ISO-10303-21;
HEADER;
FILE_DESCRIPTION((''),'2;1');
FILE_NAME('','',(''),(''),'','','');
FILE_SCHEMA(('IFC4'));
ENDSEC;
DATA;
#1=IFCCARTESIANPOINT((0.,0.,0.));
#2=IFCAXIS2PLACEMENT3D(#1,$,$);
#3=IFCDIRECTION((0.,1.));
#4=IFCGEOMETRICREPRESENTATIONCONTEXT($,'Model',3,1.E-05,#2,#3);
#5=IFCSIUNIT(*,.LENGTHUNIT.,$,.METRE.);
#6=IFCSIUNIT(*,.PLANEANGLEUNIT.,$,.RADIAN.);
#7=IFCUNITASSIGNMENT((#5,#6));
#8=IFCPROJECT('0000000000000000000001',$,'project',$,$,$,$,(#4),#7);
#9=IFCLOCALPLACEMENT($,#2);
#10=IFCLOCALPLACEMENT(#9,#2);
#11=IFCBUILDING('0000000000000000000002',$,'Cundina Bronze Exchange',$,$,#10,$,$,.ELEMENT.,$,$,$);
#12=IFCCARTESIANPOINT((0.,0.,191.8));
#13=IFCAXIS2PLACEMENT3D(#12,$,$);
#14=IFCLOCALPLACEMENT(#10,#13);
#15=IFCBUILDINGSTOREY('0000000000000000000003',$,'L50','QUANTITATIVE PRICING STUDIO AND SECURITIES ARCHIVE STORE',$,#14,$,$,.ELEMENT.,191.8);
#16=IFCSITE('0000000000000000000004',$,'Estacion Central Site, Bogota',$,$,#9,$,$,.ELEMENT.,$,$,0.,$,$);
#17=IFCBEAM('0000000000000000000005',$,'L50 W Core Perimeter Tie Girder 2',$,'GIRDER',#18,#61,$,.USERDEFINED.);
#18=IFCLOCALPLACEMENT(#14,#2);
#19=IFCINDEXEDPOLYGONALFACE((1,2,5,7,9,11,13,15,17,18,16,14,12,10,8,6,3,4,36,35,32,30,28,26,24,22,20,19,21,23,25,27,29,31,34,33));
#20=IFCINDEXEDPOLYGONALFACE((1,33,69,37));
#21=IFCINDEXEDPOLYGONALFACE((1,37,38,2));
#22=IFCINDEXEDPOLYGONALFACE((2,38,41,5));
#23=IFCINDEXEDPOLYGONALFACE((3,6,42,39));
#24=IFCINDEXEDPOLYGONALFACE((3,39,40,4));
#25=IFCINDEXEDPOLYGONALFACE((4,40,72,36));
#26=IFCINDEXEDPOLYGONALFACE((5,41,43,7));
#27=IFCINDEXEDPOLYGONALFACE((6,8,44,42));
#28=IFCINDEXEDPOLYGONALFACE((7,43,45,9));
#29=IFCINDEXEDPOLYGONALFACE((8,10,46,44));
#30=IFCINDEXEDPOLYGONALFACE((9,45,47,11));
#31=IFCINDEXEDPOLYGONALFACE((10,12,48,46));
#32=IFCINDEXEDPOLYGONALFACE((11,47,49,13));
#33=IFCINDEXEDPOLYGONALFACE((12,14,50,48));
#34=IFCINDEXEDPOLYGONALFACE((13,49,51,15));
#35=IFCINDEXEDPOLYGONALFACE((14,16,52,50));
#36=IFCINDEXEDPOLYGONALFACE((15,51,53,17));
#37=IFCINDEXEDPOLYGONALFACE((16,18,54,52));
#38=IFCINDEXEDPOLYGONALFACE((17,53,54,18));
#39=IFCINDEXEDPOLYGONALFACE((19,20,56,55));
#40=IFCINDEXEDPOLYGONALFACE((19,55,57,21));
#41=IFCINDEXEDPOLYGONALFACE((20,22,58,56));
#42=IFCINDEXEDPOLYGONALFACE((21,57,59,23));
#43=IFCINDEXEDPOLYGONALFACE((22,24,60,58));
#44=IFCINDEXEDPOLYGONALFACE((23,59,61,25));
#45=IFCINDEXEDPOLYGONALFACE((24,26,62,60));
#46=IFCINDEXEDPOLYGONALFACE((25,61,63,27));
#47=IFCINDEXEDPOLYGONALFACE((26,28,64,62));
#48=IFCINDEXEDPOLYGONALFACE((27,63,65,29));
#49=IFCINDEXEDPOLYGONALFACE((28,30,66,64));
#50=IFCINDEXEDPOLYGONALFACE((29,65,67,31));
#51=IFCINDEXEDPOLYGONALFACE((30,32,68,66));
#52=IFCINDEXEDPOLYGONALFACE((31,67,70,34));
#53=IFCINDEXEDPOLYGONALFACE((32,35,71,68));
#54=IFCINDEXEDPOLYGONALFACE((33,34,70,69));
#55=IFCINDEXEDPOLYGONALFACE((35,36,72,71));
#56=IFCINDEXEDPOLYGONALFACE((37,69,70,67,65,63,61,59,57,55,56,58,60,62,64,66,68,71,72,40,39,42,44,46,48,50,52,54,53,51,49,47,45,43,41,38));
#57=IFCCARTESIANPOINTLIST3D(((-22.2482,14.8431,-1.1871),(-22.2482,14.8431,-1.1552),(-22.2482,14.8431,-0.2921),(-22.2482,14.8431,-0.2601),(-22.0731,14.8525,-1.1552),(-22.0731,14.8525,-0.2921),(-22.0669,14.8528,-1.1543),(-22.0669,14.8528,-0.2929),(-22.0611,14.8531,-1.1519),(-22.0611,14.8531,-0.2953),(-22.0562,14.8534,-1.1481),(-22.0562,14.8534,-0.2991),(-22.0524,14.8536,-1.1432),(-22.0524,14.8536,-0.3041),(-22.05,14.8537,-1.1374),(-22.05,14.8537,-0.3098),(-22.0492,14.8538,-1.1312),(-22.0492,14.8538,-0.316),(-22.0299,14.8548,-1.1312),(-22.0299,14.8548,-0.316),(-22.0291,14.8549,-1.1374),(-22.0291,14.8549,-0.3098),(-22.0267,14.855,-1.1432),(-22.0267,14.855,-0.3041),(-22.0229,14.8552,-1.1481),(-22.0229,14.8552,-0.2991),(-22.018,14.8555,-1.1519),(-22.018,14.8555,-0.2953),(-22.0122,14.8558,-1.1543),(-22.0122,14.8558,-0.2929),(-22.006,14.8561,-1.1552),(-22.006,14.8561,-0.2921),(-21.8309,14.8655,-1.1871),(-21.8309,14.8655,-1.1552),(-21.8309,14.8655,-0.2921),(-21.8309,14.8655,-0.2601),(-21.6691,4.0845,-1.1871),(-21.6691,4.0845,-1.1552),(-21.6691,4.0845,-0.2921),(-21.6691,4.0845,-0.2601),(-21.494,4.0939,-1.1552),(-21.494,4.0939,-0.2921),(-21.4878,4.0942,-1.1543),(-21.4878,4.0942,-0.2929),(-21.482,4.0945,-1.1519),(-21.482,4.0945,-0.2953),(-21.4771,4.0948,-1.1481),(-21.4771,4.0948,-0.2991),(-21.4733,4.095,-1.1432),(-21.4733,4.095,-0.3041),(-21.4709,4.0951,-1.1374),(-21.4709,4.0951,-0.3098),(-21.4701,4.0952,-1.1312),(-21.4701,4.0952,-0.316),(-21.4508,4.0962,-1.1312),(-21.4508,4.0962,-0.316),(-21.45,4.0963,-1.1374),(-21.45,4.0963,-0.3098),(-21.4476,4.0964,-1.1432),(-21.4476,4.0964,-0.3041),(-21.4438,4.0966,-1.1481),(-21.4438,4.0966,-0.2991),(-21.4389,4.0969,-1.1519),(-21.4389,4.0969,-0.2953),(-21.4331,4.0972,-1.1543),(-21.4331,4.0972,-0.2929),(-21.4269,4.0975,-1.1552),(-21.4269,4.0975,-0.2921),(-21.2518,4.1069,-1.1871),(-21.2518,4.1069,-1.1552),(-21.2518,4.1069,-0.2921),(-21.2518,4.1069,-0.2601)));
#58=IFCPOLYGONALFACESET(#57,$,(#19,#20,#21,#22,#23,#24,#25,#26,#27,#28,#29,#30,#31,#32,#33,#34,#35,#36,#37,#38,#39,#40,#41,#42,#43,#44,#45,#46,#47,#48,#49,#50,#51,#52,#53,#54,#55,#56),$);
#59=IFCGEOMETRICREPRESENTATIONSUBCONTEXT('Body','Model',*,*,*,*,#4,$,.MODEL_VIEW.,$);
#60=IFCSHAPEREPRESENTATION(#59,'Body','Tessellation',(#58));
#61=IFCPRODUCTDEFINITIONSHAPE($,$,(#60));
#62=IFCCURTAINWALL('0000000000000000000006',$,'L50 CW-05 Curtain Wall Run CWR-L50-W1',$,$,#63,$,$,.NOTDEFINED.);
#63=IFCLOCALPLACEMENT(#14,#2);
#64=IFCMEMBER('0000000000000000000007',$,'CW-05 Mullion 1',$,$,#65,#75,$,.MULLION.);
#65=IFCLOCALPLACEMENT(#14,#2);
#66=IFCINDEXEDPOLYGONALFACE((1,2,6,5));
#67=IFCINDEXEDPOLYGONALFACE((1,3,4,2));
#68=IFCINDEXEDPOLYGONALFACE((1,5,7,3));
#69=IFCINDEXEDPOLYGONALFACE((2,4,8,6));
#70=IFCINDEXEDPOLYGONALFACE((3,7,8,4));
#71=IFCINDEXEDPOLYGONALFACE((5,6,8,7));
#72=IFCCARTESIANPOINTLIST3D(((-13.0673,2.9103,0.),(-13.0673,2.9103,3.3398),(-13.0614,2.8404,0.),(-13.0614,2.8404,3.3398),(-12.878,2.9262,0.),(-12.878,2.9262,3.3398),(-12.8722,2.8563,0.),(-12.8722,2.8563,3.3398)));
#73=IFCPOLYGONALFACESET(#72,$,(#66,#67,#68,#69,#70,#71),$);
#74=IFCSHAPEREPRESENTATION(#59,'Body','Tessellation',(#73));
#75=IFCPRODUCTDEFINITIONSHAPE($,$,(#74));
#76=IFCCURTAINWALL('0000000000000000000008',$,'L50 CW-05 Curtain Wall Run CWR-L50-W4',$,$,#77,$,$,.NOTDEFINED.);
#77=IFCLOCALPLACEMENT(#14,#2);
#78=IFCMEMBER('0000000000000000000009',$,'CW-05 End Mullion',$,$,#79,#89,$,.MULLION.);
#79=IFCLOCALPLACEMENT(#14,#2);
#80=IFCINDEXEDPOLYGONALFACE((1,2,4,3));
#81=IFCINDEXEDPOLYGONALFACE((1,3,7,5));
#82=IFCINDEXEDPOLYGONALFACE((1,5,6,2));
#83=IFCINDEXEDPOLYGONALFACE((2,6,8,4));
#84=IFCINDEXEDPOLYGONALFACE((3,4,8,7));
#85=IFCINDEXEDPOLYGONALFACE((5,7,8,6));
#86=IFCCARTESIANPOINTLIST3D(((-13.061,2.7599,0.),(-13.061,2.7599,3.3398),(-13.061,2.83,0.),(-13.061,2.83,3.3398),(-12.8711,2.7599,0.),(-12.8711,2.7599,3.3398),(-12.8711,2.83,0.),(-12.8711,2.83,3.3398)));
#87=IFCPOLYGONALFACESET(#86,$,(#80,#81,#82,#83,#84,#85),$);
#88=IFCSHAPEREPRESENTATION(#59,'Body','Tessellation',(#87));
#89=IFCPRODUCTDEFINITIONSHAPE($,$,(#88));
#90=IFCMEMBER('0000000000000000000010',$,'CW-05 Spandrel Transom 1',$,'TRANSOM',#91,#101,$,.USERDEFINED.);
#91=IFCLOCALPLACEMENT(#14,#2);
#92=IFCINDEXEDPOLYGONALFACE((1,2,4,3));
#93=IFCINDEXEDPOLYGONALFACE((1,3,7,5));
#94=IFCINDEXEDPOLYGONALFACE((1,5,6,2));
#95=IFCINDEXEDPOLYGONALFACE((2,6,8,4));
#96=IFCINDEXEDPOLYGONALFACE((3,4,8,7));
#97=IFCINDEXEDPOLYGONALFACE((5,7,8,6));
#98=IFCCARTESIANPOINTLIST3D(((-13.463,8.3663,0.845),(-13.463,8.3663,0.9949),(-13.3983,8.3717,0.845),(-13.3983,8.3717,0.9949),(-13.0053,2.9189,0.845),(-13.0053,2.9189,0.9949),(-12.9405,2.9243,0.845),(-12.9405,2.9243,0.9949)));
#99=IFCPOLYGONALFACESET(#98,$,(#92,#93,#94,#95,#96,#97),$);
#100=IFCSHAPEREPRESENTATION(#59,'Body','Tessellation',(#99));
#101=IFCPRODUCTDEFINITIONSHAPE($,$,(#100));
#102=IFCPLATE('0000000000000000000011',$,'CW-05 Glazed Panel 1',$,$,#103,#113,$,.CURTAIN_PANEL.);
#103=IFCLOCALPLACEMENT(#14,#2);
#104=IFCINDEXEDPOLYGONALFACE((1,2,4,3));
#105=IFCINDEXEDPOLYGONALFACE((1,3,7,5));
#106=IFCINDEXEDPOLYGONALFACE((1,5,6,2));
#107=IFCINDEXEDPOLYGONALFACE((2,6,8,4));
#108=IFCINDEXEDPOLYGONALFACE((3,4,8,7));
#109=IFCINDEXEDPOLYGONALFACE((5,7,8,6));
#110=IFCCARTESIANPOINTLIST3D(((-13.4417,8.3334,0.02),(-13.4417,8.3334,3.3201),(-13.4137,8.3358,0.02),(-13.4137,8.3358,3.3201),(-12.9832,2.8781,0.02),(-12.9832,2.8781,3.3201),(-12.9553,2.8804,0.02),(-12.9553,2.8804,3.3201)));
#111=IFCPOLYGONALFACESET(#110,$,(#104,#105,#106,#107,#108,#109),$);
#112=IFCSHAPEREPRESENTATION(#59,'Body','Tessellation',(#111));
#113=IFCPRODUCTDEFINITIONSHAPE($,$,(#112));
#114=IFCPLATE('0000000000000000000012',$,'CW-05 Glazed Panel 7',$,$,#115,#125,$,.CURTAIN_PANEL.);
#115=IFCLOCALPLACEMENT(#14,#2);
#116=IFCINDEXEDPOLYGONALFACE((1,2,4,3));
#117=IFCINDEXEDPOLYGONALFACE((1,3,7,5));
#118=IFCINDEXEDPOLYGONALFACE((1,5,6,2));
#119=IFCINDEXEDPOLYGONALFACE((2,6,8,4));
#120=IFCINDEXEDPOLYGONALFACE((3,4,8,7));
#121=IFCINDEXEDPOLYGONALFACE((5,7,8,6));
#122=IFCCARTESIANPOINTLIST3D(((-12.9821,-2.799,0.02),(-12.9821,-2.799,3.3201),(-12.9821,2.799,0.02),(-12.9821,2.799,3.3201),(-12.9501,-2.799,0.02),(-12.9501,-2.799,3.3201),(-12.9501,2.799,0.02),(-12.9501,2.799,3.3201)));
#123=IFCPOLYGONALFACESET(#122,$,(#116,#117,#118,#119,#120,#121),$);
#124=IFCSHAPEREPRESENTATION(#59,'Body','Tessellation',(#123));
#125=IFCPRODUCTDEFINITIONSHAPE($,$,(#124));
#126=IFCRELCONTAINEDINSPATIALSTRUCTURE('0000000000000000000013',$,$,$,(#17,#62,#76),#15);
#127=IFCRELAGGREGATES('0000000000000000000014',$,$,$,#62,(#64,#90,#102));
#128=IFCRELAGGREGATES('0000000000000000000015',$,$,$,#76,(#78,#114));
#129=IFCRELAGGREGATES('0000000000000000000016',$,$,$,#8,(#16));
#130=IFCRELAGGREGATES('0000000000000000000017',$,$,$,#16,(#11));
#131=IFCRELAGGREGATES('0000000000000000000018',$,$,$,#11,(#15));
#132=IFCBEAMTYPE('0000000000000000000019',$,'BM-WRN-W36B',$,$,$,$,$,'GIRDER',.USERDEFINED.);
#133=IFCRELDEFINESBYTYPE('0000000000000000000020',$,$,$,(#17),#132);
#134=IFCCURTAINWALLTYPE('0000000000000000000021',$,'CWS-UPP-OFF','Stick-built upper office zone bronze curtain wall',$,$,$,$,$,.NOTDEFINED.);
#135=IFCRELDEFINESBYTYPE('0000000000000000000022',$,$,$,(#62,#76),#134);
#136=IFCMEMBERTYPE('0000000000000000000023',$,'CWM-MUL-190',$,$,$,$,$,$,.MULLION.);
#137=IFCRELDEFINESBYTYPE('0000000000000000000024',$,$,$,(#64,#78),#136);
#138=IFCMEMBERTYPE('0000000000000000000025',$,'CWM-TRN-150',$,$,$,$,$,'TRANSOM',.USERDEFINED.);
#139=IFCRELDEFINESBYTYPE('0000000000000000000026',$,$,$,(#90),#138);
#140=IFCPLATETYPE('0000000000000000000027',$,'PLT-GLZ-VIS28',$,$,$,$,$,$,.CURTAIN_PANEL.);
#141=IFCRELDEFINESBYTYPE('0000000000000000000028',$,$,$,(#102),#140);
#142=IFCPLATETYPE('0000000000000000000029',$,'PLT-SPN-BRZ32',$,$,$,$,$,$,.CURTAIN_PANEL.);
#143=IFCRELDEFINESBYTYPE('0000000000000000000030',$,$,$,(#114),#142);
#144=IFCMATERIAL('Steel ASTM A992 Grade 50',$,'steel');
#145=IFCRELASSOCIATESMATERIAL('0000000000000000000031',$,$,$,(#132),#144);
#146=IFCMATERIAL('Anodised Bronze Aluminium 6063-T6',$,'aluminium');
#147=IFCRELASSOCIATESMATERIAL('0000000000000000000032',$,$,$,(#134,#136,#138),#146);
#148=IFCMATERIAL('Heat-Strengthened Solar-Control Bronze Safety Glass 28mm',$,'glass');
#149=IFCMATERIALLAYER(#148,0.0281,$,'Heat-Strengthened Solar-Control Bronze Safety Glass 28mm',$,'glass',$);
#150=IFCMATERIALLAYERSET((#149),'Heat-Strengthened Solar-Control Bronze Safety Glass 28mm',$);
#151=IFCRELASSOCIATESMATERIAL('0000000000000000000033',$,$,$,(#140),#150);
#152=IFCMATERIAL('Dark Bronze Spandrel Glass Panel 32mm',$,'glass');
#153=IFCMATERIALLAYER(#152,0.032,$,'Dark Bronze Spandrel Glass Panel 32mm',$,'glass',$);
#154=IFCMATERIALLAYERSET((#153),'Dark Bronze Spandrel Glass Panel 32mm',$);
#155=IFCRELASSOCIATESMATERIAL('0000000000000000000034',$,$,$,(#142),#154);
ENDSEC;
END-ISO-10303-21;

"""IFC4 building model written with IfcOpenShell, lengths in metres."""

from ifc_helpers import new_model, si_unit, direction, frame, origin, origin_2d, place, context, subcontext, project, spatial, rectangle, i_section, extrude, material, layer, layer_set, material_profile, profile_set, type_object, element, aggregate, save


model = new_model("IFC4")

# Units and contexts
model_context = context("Model", 3, precision=1e-05, world=origin(), true_north=direction((0.0, 1.0)))
body_context = subcontext(model_context, "Body", "Model", "MODEL_VIEW")
ifc_project = project(units=[si_unit("LENGTHUNIT", "METRE"), si_unit("PLANEANGLEUNIT", "RADIAN")], contexts=[model_context])

# Site, building, storey
site_placement = place(None, origin())
site = spatial("IfcSite", under=ifc_project, at=site_placement, Name="Estacion Central Site, Bogota", CompositionType="ELEMENT", RefElevation=0.0)
building_placement = place(site_placement, origin())
building = spatial("IfcBuilding", under=site, at=building_placement, Name="Cundina Bronze Exchange", CompositionType="ELEMENT")
storey_placement = place(building_placement, frame((0.0, 0.0, 191.8)))
storey = spatial("IfcBuildingStorey", under=building, at=storey_placement, Name="L50", Description="QUANTITATIVE PRICING STUDIO AND SECURITIES ARCHIVE STORE", CompositionType="ELEMENT", Elevation=191.8)

# Shared definitions
ifc_material_1 = material(Name="Steel ASTM A992 Grade 50", Category="steel")

# Beam
ifc_material_profile_1 = material_profile(ifc_material_1, i_section(OverallWidth=0.418, OverallDepth=0.927, WebThickness=0.0193, FlangeThickness=0.032, FilletRadius=0.0239, at=origin_2d()), Name="W36X231", Category="steel")
ifc_profile_set_1 = profile_set([ifc_material_profile_1], Name="Steel ASTM A992 Grade 50")
beam_type_1 = type_object("IfcBeamType", Name="BM-WRN-W36B", ElementType="GIRDER", PredefinedType="USERDEFINED", material=ifc_profile_set_1)
beam_1_placement = place(storey_placement, frame((-21.4604, 4.0957, -0.7236), z_axis=(-0.053749, 0.998554, 0.0), x_axis=(-0.998554, -0.053749, 0.0)))
element("IfcBeam", 1, at=beam_1_placement, inside=storey, type_object=beam_type_1, Name="L50 W Core Perimeter Tie Girder 2", ObjectType="GIRDER", PredefinedType="USERDEFINED", context=body_context, shape_type="SweptSolid", body=[
    extrude(i_section(OverallWidth=0.418, OverallDepth=0.927, WebThickness=0.0193, FlangeThickness=0.032, FilletRadius=0.0239, at=origin_2d()), origin(), (0.0, 0.0, 1.0), 10.7742),
])

# Curtain walls, members
ifc_material_2 = material(Name="Anodised Bronze Aluminium 6063-T6", Category="aluminium")
curtain_wall_type = type_object("IfcCurtainWallType", Name="CWS-UPP-OFF", Description="Stick-built upper office zone bronze curtain wall", PredefinedType="NOTDEFINED", material=ifc_material_2)
curtain_wall_1_placement = place(storey_placement, origin())
curtain_wall_1 = element("IfcCurtainWall", 2, at=curtain_wall_1_placement, inside=storey, type_object=curtain_wall_type, Name="L50 CW-05 Curtain Wall Run CWR-L50-W1", PredefinedType="NOTDEFINED")
ifc_material_profile_2 = material_profile(ifc_material_2, rectangle(XDim=0.0701, YDim=0.1899, at=origin_2d()), Name="AL70X190", Category="aluminium")
ifc_profile_set_2 = profile_set([ifc_material_profile_2], Name="Anodised Bronze Aluminium 6063-T6")
member_type_1 = type_object("IfcMemberType", Name="CWM-MUL-190", PredefinedType="MULLION", material=ifc_profile_set_2)
member_1_placement = place(storey_placement, frame((-12.9697, 2.8833, 0.0), z_axis=(0.0, 0.0, 1.0), x_axis=(-0.083678, 0.996493, 0.0)))
member_1 = element("IfcMember", 3, at=member_1_placement, type_object=member_type_1, Name="CW-05 Mullion 1", PredefinedType="MULLION", context=body_context, shape_type="SweptSolid", body=[
    extrude(rectangle(XDim=0.0701, YDim=0.1899, at=origin_2d()), origin(), (0.0, 0.0, 1.0), 3.3398),
])
curtain_wall_2_placement = place(storey_placement, origin())
curtain_wall_2 = element("IfcCurtainWall", 4, at=curtain_wall_2_placement, inside=storey, type_object=curtain_wall_type, Name="L50 CW-05 Curtain Wall Run CWR-L50-W4", PredefinedType="NOTDEFINED")
member_2_placement = place(storey_placement, frame((-12.9661, 2.7949, 0.0), z_axis=(0.0, 0.0, 1.0), x_axis=(0.0, 1.0, 0.0)))
member_2 = element("IfcMember", 5, at=member_2_placement, type_object=member_type_1, Name="CW-05 End Mullion", PredefinedType="MULLION", context=body_context, shape_type="SweptSolid", body=[
    extrude(rectangle(XDim=0.0701, YDim=0.1899, at=origin_2d()), origin(), (0.0, 0.0, 1.0), 3.3398),
])

# Member
ifc_material_profile_3 = material_profile(ifc_material_2, rectangle(XDim=0.0649, YDim=0.1499, at=origin_2d()), Name="AL65X150", Category="aluminium")
ifc_profile_set_3 = profile_set([ifc_material_profile_3], Name="Anodised Bronze Aluminium 6063-T6")
member_type_2 = type_object("IfcMemberType", Name="CWM-TRN-150", ElementType="TRANSOM", PredefinedType="USERDEFINED", material=ifc_profile_set_3)
member_3_placement = place(storey_placement, frame((-12.9729, 2.9216, 0.9199), z_axis=(-0.08374, 0.996488, 0.0), x_axis=(-0.996488, -0.08374, 0.0)))
member_3 = element("IfcMember", 6, at=member_3_placement, type_object=member_type_2, Name="CW-05 Spandrel Transom 1", ObjectType="TRANSOM", PredefinedType="USERDEFINED", context=body_context, shape_type="SweptSolid", body=[
    extrude(rectangle(XDim=0.0649, YDim=0.1499, at=origin_2d()), origin(), (0.0, 0.0, 1.0), 5.4666),
])

# Plates
ifc_material_3 = material(Name="Heat-Strengthened Solar-Control Bronze Safety Glass 28mm", Category="glass")
ifc_layer_1 = layer(ifc_material_3, 0.0281, Name="Heat-Strengthened Solar-Control Bronze Safety Glass 28mm", Category="glass")
ifc_layer_set_1 = layer_set([ifc_layer_1], Name="Heat-Strengthened Solar-Control Bronze Safety Glass 28mm")
plate_type_1 = type_object("IfcPlateType", Name="PLT-GLZ-VIS28", PredefinedType="CURTAIN_PANEL", material=ifc_layer_set_1)
plate_1_placement = place(storey_placement, frame((-13.1985, 5.6069, 0.02), z_axis=(0.0, 0.0, 1.0), x_axis=(-0.083747, 0.996487, 0.0)))
plate_1 = element("IfcPlate", 7, at=plate_1_placement, type_object=plate_type_1, Name="CW-05 Glazed Panel 1", PredefinedType="CURTAIN_PANEL", context=body_context, shape_type="SweptSolid", body=[
    extrude(rectangle(XDim=5.4746, YDim=0.0281, at=origin_2d()), origin(), (0.0, 0.0, 1.0), 3.3),
])
aggregate(curtain_wall_1, [member_1, member_3, plate_1])
ifc_material_4 = material(Name="Dark Bronze Spandrel Glass Panel 32mm", Category="glass")
ifc_layer_2 = layer(ifc_material_4, 0.032, Name="Dark Bronze Spandrel Glass Panel 32mm", Category="glass")
ifc_layer_set_2 = layer_set([ifc_layer_2], Name="Dark Bronze Spandrel Glass Panel 32mm")
plate_type_2 = type_object("IfcPlateType", Name="PLT-SPN-BRZ32", PredefinedType="CURTAIN_PANEL", material=ifc_layer_set_2)
plate_2_placement = place(storey_placement, frame((-12.9661, 0.0, 0.02), z_axis=(0.0, 0.0, 1.0), x_axis=(0.0, 1.0, 0.0)))
plate_2 = element("IfcPlate", 8, at=plate_2_placement, type_object=plate_type_2, Name="CW-05 Glazed Panel 7", PredefinedType="CURTAIN_PANEL", context=body_context, shape_type="SweptSolid", body=[
    extrude(rectangle(XDim=5.5979, YDim=0.032, at=origin_2d()), origin(), (0.0, 0.0, 1.0), 3.3),
])
aggregate(curtain_wall_2, [member_2, plate_2])

save(model, "model.ifc")
